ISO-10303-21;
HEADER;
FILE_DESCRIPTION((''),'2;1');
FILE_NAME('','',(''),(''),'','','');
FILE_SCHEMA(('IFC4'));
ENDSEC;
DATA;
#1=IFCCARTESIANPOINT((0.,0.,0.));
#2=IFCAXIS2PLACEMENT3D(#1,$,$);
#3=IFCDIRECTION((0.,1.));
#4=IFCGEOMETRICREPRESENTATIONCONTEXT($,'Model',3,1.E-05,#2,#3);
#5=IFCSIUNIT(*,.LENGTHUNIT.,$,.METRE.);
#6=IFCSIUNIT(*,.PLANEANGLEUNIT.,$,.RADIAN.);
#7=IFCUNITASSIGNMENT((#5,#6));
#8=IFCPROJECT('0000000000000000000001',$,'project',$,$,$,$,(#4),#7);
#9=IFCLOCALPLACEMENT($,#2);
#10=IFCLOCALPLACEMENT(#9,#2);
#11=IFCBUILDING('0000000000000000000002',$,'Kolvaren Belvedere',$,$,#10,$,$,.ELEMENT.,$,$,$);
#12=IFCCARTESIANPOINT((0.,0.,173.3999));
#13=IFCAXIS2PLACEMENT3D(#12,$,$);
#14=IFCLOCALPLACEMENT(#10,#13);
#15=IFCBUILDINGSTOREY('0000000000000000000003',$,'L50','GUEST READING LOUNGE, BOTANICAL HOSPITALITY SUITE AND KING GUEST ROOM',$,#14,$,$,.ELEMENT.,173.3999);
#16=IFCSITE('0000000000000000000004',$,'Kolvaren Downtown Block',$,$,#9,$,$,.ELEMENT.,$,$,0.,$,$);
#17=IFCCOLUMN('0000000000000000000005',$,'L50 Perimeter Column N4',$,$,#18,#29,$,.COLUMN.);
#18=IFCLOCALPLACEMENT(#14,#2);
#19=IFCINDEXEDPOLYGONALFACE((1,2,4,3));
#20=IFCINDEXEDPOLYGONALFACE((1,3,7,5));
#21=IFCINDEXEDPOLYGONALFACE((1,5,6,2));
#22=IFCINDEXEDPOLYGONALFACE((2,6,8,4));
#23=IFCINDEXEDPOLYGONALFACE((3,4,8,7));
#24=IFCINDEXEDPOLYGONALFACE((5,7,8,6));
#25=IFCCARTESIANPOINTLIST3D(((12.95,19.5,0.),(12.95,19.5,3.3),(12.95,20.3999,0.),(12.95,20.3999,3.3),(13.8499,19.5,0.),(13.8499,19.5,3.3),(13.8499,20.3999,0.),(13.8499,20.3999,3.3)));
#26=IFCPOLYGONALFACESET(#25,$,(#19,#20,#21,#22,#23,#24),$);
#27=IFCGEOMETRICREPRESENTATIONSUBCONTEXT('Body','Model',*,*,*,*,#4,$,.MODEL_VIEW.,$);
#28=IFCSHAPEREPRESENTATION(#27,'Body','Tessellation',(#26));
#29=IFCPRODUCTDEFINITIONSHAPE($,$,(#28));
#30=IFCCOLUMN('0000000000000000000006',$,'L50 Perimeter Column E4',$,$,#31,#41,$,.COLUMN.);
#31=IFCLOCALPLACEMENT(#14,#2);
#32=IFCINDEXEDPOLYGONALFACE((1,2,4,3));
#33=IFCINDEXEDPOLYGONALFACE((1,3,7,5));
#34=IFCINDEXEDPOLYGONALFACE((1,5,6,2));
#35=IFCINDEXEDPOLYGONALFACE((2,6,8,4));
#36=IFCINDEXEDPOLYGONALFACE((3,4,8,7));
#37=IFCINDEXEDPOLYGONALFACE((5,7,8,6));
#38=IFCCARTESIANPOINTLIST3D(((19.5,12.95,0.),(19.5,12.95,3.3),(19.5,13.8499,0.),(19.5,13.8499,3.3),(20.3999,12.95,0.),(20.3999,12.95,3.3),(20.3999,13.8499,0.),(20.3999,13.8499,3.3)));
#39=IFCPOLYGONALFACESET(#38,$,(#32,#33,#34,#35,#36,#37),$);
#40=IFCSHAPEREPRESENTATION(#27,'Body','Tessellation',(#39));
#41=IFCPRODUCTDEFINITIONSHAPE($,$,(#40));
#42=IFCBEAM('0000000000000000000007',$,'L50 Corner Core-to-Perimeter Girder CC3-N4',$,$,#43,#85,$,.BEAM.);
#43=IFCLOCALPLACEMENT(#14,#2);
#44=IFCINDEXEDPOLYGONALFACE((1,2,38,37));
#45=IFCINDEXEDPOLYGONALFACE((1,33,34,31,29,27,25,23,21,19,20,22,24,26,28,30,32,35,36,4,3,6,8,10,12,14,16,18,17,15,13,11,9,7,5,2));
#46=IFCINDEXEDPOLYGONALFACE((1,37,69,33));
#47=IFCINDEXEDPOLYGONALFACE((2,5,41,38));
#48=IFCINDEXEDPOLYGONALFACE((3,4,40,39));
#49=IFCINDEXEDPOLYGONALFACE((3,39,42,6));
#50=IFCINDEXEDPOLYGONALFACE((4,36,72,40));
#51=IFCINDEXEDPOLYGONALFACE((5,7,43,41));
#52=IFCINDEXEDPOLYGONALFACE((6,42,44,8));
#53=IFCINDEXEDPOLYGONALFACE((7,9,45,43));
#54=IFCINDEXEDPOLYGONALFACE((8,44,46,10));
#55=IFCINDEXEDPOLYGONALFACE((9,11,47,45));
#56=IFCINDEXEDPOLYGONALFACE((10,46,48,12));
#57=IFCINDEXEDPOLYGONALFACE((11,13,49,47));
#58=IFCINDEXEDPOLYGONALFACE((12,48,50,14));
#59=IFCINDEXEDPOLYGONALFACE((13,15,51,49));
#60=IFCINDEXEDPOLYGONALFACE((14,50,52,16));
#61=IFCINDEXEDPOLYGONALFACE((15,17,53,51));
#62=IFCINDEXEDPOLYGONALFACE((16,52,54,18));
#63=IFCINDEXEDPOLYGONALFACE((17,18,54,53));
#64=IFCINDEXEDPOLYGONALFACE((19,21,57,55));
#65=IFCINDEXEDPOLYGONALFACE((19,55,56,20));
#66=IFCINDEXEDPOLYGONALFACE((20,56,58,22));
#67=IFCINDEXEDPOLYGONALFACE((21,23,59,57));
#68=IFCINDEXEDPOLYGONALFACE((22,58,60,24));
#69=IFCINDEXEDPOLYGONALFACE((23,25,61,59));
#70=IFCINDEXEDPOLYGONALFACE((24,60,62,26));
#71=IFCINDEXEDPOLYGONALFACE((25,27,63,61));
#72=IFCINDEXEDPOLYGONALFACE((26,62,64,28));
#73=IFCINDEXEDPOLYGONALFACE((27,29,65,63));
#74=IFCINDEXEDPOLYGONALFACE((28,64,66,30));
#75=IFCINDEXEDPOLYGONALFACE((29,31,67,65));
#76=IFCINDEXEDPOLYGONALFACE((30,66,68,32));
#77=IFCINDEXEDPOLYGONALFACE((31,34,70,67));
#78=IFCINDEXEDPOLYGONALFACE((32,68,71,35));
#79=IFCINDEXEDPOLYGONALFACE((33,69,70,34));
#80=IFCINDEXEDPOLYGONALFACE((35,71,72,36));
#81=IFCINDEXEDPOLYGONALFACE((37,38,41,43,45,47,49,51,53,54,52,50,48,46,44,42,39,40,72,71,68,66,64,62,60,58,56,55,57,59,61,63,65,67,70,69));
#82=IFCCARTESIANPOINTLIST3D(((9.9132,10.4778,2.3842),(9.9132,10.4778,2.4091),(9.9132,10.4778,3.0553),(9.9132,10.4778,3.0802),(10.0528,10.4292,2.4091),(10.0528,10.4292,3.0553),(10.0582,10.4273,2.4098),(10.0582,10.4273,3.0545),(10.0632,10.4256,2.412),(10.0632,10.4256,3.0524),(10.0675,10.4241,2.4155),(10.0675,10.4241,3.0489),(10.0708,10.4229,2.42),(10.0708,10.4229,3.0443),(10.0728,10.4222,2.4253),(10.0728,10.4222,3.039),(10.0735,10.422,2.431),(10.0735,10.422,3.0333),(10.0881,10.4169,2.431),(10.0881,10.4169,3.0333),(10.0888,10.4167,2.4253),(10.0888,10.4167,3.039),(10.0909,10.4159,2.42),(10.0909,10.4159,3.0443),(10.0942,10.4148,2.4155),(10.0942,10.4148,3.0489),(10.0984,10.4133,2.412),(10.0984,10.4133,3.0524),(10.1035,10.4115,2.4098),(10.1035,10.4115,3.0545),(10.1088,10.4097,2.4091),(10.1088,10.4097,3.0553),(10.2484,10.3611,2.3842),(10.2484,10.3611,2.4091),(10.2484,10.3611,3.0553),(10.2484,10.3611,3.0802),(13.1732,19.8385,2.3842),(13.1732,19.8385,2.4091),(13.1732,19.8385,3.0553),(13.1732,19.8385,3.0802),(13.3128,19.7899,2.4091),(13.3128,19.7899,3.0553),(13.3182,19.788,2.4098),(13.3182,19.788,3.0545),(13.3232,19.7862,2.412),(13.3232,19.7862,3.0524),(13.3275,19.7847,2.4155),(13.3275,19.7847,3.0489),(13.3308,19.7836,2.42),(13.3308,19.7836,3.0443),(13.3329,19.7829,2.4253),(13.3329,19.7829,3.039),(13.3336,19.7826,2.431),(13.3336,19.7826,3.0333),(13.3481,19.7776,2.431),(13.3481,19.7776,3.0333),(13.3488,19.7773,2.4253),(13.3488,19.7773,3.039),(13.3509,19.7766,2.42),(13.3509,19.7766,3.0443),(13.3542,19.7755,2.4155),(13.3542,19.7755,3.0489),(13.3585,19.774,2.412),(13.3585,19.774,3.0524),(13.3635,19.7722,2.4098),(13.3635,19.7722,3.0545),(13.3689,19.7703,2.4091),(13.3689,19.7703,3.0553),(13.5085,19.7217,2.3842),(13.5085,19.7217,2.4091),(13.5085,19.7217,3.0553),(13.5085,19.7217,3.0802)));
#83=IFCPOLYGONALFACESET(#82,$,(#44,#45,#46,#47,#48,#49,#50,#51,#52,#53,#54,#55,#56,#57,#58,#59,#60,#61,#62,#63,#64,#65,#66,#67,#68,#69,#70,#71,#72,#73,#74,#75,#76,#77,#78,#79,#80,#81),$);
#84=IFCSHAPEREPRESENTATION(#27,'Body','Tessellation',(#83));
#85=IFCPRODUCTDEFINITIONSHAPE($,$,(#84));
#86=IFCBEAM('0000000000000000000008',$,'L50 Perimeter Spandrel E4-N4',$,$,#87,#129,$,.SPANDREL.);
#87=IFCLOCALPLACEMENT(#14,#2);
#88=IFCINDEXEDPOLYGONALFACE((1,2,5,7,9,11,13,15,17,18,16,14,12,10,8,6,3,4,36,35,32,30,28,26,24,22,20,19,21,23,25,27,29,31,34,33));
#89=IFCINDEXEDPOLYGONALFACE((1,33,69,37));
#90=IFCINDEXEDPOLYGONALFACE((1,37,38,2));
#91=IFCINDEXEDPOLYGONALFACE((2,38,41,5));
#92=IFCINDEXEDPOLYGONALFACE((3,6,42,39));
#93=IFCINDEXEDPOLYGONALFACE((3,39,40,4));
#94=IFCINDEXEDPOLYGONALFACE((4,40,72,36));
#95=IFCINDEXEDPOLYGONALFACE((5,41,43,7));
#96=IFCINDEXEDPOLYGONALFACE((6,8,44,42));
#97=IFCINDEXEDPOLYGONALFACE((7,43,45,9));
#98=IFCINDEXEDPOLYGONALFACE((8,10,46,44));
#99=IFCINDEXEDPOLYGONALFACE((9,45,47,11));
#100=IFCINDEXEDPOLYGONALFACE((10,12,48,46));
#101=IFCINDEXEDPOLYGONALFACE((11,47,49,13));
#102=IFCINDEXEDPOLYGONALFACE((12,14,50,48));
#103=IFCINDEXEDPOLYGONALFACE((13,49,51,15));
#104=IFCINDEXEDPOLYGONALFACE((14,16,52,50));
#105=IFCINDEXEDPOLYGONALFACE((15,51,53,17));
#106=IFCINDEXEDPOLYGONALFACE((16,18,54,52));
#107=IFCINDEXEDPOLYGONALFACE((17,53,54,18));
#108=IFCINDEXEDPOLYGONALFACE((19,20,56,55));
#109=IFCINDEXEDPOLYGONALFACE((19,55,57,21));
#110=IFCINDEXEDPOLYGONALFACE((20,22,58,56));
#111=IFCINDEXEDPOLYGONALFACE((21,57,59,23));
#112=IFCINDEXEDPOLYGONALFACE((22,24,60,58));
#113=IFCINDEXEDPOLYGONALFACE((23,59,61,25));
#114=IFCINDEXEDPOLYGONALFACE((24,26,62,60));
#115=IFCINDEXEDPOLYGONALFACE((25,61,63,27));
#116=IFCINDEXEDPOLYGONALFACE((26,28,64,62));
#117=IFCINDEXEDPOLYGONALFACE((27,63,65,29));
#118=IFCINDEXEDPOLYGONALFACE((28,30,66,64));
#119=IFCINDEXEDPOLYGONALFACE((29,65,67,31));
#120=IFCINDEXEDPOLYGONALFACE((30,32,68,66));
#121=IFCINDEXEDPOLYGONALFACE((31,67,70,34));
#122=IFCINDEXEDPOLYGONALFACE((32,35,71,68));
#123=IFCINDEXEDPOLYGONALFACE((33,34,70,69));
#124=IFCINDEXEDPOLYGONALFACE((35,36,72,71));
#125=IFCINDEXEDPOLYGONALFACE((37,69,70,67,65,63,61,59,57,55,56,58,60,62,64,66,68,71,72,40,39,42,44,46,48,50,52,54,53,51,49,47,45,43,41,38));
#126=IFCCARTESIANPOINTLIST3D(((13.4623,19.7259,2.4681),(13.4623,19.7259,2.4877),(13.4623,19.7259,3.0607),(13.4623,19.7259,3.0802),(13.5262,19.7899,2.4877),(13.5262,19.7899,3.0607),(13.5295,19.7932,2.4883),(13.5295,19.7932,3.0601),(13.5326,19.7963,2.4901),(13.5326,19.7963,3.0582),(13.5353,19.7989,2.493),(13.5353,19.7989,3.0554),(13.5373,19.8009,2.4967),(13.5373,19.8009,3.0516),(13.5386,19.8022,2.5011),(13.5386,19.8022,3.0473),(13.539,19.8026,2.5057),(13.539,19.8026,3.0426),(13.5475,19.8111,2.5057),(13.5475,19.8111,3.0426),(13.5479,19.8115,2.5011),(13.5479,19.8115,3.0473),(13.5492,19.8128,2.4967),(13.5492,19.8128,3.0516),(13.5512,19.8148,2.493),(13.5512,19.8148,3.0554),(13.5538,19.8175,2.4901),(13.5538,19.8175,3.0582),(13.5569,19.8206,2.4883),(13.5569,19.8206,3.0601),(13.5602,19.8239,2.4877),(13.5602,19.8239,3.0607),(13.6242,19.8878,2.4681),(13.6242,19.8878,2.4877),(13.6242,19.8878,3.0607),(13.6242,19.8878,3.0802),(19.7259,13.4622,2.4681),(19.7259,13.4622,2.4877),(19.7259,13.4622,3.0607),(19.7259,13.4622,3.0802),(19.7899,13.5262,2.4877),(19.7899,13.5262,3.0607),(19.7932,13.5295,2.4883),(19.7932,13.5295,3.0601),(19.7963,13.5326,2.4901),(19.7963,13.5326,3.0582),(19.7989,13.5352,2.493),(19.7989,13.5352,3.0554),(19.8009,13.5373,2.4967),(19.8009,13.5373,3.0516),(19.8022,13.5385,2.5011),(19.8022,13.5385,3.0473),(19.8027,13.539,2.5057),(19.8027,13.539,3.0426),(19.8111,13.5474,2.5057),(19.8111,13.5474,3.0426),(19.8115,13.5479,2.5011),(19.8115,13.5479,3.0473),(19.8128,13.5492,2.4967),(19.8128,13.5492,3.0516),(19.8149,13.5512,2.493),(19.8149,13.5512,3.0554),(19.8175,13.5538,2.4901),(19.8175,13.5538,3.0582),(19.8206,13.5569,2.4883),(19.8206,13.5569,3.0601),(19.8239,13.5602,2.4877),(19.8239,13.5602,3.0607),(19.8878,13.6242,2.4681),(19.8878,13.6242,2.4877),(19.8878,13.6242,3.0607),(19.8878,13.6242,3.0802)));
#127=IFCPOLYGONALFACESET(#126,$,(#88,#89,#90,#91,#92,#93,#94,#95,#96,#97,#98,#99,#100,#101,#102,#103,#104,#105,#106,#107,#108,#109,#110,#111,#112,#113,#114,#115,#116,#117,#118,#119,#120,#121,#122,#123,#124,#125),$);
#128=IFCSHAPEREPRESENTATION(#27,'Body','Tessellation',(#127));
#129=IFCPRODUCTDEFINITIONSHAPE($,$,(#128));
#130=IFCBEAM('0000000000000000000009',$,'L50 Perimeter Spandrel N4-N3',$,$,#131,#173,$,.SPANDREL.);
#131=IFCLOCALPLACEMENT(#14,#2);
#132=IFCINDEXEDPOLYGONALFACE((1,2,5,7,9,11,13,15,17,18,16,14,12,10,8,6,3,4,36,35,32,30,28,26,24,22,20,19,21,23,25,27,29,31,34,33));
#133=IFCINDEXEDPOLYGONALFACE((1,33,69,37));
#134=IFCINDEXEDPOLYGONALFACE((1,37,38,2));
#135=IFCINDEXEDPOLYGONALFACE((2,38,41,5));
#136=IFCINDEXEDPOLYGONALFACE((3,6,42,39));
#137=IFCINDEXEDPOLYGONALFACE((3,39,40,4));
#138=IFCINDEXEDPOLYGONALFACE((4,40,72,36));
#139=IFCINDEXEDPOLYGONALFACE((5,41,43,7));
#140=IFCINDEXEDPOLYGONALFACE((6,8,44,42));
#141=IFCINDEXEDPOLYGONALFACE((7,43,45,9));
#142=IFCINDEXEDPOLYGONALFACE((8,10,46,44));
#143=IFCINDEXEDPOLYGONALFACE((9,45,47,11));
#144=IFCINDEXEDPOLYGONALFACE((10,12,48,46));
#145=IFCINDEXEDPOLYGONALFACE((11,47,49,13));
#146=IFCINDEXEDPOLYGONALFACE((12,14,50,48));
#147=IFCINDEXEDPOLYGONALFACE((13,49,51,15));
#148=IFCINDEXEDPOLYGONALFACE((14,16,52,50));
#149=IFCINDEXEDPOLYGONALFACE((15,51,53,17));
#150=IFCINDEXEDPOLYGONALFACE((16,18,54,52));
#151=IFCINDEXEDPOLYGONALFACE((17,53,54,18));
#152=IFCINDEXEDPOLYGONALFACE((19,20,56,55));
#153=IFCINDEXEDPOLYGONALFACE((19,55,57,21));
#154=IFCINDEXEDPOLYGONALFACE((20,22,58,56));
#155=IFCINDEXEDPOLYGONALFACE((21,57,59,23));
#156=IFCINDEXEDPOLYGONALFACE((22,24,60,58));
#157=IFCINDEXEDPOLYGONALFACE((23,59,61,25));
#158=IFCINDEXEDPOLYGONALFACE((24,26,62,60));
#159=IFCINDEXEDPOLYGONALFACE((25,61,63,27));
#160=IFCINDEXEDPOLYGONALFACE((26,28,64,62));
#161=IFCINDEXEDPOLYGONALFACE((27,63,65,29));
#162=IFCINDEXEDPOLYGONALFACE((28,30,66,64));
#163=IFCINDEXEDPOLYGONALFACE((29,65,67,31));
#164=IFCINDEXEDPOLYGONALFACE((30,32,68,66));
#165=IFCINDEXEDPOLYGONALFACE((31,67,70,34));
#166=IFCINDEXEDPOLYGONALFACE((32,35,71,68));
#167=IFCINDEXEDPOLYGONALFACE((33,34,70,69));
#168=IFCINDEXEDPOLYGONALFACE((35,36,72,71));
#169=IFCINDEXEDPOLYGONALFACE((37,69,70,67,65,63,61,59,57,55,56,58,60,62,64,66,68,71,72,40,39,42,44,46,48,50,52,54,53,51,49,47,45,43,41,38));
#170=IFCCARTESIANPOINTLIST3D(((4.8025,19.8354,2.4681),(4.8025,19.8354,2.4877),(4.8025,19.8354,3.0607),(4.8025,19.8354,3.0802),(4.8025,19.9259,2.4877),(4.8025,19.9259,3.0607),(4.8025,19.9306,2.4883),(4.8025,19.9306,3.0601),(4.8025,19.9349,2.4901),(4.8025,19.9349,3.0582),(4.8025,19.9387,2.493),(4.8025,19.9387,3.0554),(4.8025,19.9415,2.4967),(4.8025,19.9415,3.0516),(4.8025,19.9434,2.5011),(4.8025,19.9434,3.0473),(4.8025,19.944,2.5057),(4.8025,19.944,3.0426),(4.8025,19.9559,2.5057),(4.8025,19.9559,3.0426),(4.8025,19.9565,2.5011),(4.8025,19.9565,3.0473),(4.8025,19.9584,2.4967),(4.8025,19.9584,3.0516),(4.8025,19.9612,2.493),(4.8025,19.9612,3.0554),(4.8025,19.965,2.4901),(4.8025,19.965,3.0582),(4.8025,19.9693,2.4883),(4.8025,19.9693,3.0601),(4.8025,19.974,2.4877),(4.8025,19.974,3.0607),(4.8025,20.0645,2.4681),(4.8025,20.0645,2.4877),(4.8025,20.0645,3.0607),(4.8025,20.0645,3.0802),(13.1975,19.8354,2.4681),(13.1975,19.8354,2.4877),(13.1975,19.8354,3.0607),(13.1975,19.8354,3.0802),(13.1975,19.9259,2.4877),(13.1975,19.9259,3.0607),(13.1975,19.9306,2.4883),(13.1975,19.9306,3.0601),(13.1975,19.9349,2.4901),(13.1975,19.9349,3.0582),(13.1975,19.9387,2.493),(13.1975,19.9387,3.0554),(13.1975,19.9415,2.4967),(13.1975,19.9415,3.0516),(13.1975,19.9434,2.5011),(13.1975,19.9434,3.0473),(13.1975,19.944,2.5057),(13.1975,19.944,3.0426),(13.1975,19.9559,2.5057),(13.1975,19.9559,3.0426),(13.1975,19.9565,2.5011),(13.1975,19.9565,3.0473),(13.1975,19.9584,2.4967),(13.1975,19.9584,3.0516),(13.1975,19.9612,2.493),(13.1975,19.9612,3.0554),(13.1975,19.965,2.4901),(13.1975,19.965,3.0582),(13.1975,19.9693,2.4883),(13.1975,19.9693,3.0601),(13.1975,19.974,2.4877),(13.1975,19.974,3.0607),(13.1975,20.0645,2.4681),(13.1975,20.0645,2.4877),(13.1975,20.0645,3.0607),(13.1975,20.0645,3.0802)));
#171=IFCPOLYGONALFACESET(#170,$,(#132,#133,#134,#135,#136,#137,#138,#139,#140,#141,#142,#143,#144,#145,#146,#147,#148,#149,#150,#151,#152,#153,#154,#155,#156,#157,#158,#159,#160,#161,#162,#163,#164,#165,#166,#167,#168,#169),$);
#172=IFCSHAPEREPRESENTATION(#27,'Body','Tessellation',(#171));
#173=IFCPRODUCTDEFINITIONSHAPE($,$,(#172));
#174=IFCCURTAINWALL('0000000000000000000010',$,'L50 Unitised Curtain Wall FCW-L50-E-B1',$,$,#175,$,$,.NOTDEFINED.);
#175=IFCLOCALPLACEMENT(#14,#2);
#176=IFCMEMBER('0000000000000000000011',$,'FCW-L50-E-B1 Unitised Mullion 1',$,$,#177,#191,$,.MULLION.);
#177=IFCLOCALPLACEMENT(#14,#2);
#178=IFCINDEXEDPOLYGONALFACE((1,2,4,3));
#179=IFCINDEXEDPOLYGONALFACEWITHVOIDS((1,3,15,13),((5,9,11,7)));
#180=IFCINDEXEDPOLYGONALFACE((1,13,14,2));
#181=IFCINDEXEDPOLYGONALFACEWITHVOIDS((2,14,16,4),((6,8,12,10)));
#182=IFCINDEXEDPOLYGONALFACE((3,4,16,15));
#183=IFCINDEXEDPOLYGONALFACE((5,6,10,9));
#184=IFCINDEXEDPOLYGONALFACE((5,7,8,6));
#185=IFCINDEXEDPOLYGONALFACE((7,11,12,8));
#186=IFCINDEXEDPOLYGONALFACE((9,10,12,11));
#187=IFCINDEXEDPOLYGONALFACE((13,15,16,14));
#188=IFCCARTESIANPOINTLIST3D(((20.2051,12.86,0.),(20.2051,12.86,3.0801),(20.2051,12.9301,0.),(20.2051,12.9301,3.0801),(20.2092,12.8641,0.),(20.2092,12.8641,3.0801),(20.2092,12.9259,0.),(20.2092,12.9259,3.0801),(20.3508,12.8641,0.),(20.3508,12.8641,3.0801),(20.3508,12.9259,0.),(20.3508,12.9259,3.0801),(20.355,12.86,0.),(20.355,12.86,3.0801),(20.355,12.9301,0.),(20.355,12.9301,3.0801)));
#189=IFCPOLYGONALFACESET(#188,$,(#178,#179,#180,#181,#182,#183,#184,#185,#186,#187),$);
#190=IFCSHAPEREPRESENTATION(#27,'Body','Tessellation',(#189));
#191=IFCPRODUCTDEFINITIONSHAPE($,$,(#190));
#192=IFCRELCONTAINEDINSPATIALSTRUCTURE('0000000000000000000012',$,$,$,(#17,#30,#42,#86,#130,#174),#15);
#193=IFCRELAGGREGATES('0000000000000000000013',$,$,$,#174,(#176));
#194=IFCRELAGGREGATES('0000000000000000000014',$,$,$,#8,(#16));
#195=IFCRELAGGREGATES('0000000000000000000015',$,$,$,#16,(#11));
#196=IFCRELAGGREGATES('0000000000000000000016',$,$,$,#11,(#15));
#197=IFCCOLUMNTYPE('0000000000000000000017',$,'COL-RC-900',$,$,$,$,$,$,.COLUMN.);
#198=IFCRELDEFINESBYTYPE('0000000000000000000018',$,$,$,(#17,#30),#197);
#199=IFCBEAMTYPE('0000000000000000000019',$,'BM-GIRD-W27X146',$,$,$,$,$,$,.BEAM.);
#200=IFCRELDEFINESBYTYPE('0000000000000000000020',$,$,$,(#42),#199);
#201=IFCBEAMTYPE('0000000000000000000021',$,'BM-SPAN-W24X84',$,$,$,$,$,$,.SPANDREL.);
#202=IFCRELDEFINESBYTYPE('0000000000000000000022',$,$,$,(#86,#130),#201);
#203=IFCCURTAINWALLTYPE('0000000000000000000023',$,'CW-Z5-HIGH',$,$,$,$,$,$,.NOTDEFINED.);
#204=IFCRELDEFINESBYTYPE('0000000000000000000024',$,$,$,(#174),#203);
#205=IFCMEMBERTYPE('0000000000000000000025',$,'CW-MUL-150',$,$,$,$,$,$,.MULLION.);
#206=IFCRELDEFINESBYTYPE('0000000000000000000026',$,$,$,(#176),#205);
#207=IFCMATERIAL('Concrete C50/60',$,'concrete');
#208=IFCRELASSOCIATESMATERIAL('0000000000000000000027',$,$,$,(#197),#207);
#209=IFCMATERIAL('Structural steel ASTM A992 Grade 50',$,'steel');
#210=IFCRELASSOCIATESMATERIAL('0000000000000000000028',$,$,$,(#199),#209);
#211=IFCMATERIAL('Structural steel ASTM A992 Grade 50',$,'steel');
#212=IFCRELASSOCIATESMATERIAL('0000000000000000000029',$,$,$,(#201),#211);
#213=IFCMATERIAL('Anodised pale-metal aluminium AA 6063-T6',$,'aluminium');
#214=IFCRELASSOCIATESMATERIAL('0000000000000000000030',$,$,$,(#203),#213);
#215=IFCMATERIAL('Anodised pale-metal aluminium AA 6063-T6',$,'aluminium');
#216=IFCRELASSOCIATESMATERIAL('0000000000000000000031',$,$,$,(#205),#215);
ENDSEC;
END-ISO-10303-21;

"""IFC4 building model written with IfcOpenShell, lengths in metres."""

from ifc_helpers import new_model, si_unit, direction, frame, origin, origin_2d, place, context, subcontext, project, spatial, rectangle, hollow_rectangle, i_section, extrude, material, material_profile, profile_set, type_object, element, aggregate, save


model = new_model("IFC4")

# Units and contexts
model_context = context("Model", 3, precision=1e-05, world=origin(), true_north=direction((0.0, 1.0)))
body_context = subcontext(model_context, "Body", "Model", "MODEL_VIEW")
ifc_project = project(units=[si_unit("LENGTHUNIT", "METRE"), si_unit("PLANEANGLEUNIT", "RADIAN")], contexts=[model_context])

# Site, building, storey
site_placement = place(None, origin())
site = spatial("IfcSite", under=ifc_project, at=site_placement, Name="Kolvaren Downtown Block", CompositionType="ELEMENT", RefElevation=0.0)
building_placement = place(site_placement, origin())
building = spatial("IfcBuilding", under=site, at=building_placement, Name="Kolvaren Belvedere", CompositionType="ELEMENT")
storey_placement = place(building_placement, frame((0.0, 0.0, 173.3999)))
storey = spatial("IfcBuildingStorey", under=building, at=storey_placement, Name="L50", Description="GUEST READING LOUNGE, BOTANICAL HOSPITALITY SUITE AND KING GUEST ROOM", CompositionType="ELEMENT", Elevation=173.3999)

# Columns
ifc_material_1 = material(Name="Concrete C50/60", Category="concrete")
ifc_material_profile_1 = material_profile(ifc_material_1, rectangle(XDim=0.8999, YDim=0.8999, at=origin_2d()), Name="RC 900X900")
ifc_profile_set_1 = profile_set([ifc_material_profile_1], Name="Concrete C50/60")
column_type = type_object("IfcColumnType", Name="COL-RC-900", PredefinedType="COLUMN", material=ifc_profile_set_1)
for number, where, z_axis, x_axis, name in (
    (1, (13.3999, 19.95, 0.0), (0.0, 0.0, 1.0), (1.0, 0.0, 0.0), "L50 Perimeter Column N4"),
    (2, (19.95, 13.3999, 0.0), (0.0, 0.0, 1.0), (1.0, 0.0, 0.0), "L50 Perimeter Column E4"),
):
    element("IfcColumn", number, at=place(storey_placement, frame(where, z_axis=z_axis, x_axis=x_axis)), inside=storey, type_object=column_type, Name=name, PredefinedType="COLUMN", context=body_context, shape_type="SweptSolid", body=[
        extrude(rectangle(XDim=0.8999, YDim=0.8999, at=origin_2d()), origin(), (0.0, 0.0, 1.0), 3.3),
    ])

# Beams
ifc_material_2 = material(Name="Structural steel ASTM A992 Grade 50", Category="steel")
ifc_material_profile_2 = material_profile(ifc_material_2, i_section(OverallWidth=0.355, OverallDepth=0.696, WebThickness=0.0154, FlangeThickness=0.0249, FilletRadius=0.022, at=origin_2d()), Name="W27X146")
ifc_profile_set_2 = profile_set([ifc_material_profile_2], Name="Structural steel ASTM A992 Grade 50")
beam_type_1 = type_object("IfcBeamType", Name="BM-GIRD-W27X146", PredefinedType="BEAM", material=ifc_profile_set_2)
beam_1_placement = place(storey_placement, frame((10.0808, 10.4194, 2.7322), z_axis=(0.328894, 0.944367, 0.0), x_axis=(-0.944367, 0.328894, 0.0)))
element("IfcBeam", 3, at=beam_1_placement, inside=storey, type_object=beam_type_1, Name="L50 Corner Core-to-Perimeter Girder CC3-N4", PredefinedType="BEAM", context=body_context, shape_type="SweptSolid", body=[
    extrude(i_section(OverallWidth=0.355, OverallDepth=0.696, WebThickness=0.0154, FlangeThickness=0.0249, FilletRadius=0.022, at=origin_2d()), origin(), (0.0, 0.0, 1.0), 9.9121),
])
ifc_material_3 = material(Name="Structural steel ASTM A992 Grade 50", Category="steel")
ifc_material_profile_3 = material_profile(ifc_material_3, i_section(OverallWidth=0.229, OverallDepth=0.6121, WebThickness=0.012, FlangeThickness=0.0195, FilletRadius=0.0181, at=origin_2d()), Name="W24X84")
ifc_profile_set_3 = profile_set([ifc_material_profile_3], Name="Structural steel ASTM A992 Grade 50")
beam_type_2 = type_object("IfcBeamType", Name="BM-SPAN-W24X84", PredefinedType="SPANDREL", material=ifc_profile_set_3)
beam_2_placement = place(storey_placement, frame((19.8069, 13.5432, 2.7742), z_axis=(-0.707107, 0.707107, 0.0), x_axis=(-0.707107, -0.707107, 0.0)))
element("IfcBeam", 4, at=beam_2_placement, inside=storey, type_object=beam_type_2, Name="L50 Perimeter Spandrel E4-N4", PredefinedType="SPANDREL", context=body_context, shape_type="SweptSolid", body=[
    extrude(i_section(OverallWidth=0.229, OverallDepth=0.6121, WebThickness=0.012, FlangeThickness=0.0195, FilletRadius=0.0181, at=origin_2d()), origin(), (0.0, 0.0, 1.0), 8.8582),
])
beam_3_placement = place(storey_placement, frame((13.1975, 19.95, 2.7742), z_axis=(-1.0, 0.0, 0.0), x_axis=(0.0, -1.0, 0.0)))
element("IfcBeam", 5, at=beam_3_placement, inside=storey, type_object=beam_type_2, Name="L50 Perimeter Spandrel N4-N3", PredefinedType="SPANDREL", context=body_context, shape_type="SweptSolid", body=[
    extrude(i_section(OverallWidth=0.229, OverallDepth=0.6121, WebThickness=0.012, FlangeThickness=0.0195, FilletRadius=0.0181, at=origin_2d()), origin(), (0.0, 0.0, 1.0), 8.395),
])

# Curtain wall, member
ifc_material_4 = material(Name="Anodised pale-metal aluminium AA 6063-T6", Category="aluminium")
curtain_wall_type = type_object("IfcCurtainWallType", Name="CW-Z5-HIGH", PredefinedType="NOTDEFINED", material=ifc_material_4)
curtain_wall_1_placement = place(storey_placement, origin())
curtain_wall_1 = element("IfcCurtainWall", 6, at=curtain_wall_1_placement, inside=storey, type_object=curtain_wall_type, Name="L50 Unitised Curtain Wall FCW-L50-E-B1", PredefinedType="NOTDEFINED")
ifc_material_5 = material(Name="Anodised pale-metal aluminium AA 6063-T6", Category="aluminium")
ifc_material_profile_4 = material_profile(ifc_material_5, hollow_rectangle(XDim=0.0701, YDim=0.1499, WallThickness=0.0042, at=origin_2d()), Name="ALU-MUL-150X70")
ifc_profile_set_4 = profile_set([ifc_material_profile_4], Name="Anodised pale-metal aluminium AA 6063-T6")
member_type_1 = type_object("IfcMemberType", Name="CW-MUL-150", PredefinedType="MULLION", material=ifc_profile_set_4)
member_1_placement = place(storey_placement, frame((20.28, 12.895, 0.0), z_axis=(0.0, 0.0, 1.0), x_axis=(0.0, 1.0, 0.0)))
member_1 = element("IfcMember", 7, at=member_1_placement, type_object=member_type_1, Name="FCW-L50-E-B1 Unitised Mullion 1", PredefinedType="MULLION", context=body_context, shape_type="SweptSolid", body=[
    extrude(hollow_rectangle(XDim=0.0701, YDim=0.1499, WallThickness=0.0042, at=origin_2d()), origin(), (0.0, 0.0, 1.0), 3.0801),
])

aggregate(curtain_wall_1, [member_1])

save(model, "model.ifc")
